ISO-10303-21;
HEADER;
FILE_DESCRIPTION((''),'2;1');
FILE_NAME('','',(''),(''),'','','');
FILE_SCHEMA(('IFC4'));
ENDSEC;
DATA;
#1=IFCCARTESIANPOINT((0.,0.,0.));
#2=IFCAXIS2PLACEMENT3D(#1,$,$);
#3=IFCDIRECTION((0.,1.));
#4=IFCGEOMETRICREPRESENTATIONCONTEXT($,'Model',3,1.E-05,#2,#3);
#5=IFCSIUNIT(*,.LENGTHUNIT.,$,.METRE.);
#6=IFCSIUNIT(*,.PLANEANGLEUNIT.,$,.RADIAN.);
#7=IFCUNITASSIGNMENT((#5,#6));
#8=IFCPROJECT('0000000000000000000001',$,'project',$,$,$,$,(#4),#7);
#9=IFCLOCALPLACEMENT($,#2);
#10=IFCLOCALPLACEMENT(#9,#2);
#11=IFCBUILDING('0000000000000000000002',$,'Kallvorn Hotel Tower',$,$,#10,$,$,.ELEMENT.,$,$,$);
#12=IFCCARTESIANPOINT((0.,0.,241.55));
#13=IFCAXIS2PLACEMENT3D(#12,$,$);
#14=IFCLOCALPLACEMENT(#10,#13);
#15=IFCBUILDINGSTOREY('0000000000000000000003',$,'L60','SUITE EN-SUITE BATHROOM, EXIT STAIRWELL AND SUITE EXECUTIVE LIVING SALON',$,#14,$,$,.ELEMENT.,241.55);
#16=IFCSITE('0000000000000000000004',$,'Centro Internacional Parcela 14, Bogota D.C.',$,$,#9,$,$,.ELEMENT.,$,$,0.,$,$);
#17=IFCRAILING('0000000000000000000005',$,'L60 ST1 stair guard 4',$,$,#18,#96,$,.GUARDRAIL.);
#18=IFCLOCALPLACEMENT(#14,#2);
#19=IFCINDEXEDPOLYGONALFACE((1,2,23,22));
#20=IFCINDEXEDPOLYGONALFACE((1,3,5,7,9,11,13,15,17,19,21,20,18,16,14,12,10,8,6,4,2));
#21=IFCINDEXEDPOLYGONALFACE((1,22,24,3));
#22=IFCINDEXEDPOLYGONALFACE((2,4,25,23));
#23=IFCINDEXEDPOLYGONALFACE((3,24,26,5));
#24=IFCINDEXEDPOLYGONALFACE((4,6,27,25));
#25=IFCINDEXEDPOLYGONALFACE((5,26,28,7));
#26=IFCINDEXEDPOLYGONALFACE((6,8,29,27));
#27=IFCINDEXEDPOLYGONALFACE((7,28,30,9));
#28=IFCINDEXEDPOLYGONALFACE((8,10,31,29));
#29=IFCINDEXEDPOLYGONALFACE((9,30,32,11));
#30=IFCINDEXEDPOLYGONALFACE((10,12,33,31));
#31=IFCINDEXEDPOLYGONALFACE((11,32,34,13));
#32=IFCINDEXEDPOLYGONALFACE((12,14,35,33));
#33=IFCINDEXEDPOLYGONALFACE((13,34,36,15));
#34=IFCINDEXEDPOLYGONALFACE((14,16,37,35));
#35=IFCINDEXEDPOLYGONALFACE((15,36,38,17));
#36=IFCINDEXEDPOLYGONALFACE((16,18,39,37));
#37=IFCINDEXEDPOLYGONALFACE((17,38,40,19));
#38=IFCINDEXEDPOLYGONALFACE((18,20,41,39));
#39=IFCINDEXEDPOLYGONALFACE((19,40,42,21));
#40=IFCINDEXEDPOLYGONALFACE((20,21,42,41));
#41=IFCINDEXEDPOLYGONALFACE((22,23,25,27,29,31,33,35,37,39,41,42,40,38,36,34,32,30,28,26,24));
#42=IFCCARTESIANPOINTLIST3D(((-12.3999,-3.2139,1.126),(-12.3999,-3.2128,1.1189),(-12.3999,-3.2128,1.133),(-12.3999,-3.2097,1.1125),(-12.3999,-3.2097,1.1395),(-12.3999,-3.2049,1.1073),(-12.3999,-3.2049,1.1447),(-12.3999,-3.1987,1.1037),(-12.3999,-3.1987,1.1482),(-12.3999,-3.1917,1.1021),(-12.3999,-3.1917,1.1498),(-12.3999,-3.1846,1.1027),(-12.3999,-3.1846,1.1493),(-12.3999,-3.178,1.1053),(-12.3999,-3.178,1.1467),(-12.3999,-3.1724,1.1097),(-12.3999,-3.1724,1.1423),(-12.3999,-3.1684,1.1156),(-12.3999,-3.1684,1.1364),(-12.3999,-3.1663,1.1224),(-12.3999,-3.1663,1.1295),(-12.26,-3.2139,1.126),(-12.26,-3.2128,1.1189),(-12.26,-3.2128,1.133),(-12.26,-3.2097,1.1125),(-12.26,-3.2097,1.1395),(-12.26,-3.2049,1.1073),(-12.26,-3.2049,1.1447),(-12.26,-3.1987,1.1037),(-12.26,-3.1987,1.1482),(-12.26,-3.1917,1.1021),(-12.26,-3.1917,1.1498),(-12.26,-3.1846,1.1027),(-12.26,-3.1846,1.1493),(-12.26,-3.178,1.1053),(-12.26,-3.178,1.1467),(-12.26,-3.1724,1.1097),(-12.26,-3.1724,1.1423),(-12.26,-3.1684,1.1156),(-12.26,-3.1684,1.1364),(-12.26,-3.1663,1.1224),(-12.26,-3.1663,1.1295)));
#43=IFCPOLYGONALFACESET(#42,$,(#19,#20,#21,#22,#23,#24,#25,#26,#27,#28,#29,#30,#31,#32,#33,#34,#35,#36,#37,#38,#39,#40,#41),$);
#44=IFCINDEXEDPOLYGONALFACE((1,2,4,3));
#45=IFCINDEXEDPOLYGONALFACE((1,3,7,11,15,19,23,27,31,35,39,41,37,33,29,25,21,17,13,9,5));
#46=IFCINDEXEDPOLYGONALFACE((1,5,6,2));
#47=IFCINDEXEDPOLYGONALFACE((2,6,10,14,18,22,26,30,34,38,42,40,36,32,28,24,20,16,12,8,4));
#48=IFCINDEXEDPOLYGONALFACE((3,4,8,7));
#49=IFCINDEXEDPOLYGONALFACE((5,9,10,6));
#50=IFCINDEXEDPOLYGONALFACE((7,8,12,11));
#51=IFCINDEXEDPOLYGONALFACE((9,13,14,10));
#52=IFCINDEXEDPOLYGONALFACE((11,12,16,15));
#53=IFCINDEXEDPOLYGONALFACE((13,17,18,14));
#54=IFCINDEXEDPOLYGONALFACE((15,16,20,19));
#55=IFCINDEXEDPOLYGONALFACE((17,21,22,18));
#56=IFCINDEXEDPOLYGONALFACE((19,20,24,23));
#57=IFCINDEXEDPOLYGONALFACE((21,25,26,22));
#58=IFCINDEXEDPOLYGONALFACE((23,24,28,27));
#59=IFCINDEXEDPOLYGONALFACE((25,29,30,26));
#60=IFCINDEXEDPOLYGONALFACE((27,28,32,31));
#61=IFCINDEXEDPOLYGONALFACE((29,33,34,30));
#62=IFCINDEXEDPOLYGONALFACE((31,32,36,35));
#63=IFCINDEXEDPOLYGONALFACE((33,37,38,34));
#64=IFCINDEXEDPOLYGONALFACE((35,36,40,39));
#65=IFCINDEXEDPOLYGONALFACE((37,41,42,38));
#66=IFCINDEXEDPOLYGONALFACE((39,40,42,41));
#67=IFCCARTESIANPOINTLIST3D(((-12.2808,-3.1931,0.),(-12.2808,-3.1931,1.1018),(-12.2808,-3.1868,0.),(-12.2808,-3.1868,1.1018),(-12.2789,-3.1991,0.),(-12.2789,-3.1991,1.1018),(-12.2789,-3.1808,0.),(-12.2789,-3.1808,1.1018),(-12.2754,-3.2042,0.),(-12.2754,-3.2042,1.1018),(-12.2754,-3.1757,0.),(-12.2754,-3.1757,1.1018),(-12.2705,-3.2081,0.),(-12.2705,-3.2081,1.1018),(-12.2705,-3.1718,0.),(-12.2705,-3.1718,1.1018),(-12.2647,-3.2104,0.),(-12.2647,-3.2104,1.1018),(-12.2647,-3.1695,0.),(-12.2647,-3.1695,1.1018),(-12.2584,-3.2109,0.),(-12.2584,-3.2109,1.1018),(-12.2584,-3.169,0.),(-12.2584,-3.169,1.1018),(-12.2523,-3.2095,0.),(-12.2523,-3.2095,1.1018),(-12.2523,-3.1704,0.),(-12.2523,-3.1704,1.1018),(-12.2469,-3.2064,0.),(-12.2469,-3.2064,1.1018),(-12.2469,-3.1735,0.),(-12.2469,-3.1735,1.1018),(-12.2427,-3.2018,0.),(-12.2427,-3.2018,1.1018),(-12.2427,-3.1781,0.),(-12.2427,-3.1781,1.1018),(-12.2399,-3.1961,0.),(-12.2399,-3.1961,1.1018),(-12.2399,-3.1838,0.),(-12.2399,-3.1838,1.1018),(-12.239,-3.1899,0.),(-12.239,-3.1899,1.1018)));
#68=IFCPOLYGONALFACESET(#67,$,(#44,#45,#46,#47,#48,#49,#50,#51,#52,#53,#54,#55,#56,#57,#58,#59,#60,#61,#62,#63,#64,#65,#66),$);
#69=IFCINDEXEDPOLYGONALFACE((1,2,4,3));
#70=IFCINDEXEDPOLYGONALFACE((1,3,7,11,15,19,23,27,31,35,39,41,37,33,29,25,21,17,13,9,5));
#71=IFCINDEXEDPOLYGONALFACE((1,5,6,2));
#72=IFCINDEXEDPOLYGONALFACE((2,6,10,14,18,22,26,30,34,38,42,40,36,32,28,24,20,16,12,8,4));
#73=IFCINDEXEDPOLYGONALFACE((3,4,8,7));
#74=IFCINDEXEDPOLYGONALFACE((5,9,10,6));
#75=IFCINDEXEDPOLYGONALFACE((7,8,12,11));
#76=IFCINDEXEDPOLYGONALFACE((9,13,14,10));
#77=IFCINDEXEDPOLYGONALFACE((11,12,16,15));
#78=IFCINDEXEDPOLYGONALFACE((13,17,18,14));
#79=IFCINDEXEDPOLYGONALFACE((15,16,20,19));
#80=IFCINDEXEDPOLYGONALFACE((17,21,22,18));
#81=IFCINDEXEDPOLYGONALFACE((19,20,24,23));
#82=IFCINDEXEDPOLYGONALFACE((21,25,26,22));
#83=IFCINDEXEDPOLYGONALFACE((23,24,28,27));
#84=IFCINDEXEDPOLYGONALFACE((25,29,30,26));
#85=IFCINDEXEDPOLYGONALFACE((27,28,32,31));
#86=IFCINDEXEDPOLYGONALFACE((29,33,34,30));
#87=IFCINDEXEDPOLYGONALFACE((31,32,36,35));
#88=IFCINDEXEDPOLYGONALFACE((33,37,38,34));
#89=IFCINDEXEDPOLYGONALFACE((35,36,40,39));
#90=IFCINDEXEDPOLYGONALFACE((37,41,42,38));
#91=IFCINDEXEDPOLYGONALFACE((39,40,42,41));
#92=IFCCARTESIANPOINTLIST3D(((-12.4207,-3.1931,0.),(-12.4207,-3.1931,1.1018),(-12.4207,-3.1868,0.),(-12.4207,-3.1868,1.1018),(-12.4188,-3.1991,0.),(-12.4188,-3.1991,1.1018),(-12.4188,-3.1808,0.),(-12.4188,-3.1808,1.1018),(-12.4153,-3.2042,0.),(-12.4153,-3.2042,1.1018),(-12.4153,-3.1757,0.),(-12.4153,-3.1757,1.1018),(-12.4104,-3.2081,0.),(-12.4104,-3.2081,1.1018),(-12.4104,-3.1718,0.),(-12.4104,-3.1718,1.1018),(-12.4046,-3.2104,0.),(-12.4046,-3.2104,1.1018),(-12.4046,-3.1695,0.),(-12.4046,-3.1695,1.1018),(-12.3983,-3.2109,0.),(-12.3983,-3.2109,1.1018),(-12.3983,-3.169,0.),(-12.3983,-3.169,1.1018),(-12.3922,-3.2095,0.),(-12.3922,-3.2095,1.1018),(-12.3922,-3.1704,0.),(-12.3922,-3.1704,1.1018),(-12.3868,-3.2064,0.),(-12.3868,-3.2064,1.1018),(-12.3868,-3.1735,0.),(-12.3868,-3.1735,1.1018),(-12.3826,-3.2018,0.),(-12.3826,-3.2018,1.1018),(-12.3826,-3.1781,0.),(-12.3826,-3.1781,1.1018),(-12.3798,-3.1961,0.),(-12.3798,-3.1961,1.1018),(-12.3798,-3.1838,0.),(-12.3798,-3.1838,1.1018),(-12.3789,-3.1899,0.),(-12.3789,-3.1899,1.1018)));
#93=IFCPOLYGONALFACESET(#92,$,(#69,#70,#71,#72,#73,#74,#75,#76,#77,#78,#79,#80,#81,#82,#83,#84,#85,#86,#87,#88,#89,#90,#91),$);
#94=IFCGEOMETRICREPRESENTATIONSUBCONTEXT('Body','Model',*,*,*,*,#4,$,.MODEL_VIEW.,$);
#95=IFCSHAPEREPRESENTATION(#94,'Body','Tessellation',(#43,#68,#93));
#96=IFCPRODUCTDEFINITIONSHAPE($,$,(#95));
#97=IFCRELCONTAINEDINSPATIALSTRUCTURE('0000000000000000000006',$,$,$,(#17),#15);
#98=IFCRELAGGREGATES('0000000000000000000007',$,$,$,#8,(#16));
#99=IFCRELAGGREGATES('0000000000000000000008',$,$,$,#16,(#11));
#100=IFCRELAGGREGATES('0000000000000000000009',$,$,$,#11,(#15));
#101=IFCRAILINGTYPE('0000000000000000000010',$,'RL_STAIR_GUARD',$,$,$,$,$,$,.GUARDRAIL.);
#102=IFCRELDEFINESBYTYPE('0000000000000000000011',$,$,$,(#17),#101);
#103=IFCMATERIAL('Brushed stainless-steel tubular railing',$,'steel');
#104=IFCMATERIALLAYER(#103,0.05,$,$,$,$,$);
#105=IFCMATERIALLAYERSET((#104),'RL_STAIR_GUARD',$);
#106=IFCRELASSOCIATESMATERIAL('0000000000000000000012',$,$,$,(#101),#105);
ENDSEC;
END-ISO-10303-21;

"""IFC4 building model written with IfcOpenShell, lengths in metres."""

from ifc_helpers import new_model, si_unit, direction, frame, origin, origin_2d, place, context, subcontext, project, spatial, circle, extrude, material, layer, layer_set, type_object, element, save


model = new_model("IFC4")

# Units and contexts
model_context = context("Model", 3, precision=1e-05, world=origin(), true_north=direction((0.0, 1.0)))
body_context = subcontext(model_context, "Body", "Model", "MODEL_VIEW")
ifc_project = project(units=[si_unit("LENGTHUNIT", "METRE"), si_unit("PLANEANGLEUNIT", "RADIAN")], contexts=[model_context])

# Site, building, storey
site_placement = place(None, origin())
site = spatial("IfcSite", under=ifc_project, at=site_placement, Name="Centro Internacional Parcela 14, Bogota D.C.", CompositionType="ELEMENT", RefElevation=0.0)
building_placement = place(site_placement, origin())
building = spatial("IfcBuilding", under=site, at=building_placement, Name="Kallvorn Hotel Tower", CompositionType="ELEMENT")
storey_placement = place(building_placement, frame((0.0, 0.0, 241.55)))
storey = spatial("IfcBuildingStorey", under=building, at=storey_placement, Name="L60", Description="SUITE EN-SUITE BATHROOM, EXIT STAIRWELL AND SUITE EXECUTIVE LIVING SALON", CompositionType="ELEMENT", Elevation=241.55)

# Railing
ifc_material_1 = material(Name="Brushed stainless-steel tubular railing", Category="steel")
ifc_layer_1 = layer(ifc_material_1, 0.05)
ifc_layer_set_1 = layer_set([ifc_layer_1], Name="RL_STAIR_GUARD")
railing_type_1 = type_object("IfcRailingType", Name="RL_STAIR_GUARD", PredefinedType="GUARDRAIL", material=ifc_layer_set_1)
railing_1_placement = place(storey_placement, frame((-12.26, -3.1899, 0.0)))
element("IfcRailing", 1, at=railing_1_placement, inside=storey, type_object=railing_type_1, Name="L60 ST1 stair guard 4", PredefinedType="GUARDRAIL", context=body_context, shape_type="SweptSolid", body=[
    extrude(circle(Radius=0.0239, at=origin_2d()), frame((0.0, 0.0, 1.126), z_axis=(-1.0, 0.0, 0.0), x_axis=(0.0, -1.0, 0.0)), (0.0, 0.0, 1.0), 0.1399),
    extrude(circle(Radius=0.021, at=origin_2d()), origin(), (0.0, 0.0, 1.0), 1.1018),
    extrude(circle(Radius=0.021, at=origin_2d()), frame((-0.1399, 0.0, 0.0)), (0.0, 0.0, 1.0), 1.1018),
])

save(model, "model.ifc")
